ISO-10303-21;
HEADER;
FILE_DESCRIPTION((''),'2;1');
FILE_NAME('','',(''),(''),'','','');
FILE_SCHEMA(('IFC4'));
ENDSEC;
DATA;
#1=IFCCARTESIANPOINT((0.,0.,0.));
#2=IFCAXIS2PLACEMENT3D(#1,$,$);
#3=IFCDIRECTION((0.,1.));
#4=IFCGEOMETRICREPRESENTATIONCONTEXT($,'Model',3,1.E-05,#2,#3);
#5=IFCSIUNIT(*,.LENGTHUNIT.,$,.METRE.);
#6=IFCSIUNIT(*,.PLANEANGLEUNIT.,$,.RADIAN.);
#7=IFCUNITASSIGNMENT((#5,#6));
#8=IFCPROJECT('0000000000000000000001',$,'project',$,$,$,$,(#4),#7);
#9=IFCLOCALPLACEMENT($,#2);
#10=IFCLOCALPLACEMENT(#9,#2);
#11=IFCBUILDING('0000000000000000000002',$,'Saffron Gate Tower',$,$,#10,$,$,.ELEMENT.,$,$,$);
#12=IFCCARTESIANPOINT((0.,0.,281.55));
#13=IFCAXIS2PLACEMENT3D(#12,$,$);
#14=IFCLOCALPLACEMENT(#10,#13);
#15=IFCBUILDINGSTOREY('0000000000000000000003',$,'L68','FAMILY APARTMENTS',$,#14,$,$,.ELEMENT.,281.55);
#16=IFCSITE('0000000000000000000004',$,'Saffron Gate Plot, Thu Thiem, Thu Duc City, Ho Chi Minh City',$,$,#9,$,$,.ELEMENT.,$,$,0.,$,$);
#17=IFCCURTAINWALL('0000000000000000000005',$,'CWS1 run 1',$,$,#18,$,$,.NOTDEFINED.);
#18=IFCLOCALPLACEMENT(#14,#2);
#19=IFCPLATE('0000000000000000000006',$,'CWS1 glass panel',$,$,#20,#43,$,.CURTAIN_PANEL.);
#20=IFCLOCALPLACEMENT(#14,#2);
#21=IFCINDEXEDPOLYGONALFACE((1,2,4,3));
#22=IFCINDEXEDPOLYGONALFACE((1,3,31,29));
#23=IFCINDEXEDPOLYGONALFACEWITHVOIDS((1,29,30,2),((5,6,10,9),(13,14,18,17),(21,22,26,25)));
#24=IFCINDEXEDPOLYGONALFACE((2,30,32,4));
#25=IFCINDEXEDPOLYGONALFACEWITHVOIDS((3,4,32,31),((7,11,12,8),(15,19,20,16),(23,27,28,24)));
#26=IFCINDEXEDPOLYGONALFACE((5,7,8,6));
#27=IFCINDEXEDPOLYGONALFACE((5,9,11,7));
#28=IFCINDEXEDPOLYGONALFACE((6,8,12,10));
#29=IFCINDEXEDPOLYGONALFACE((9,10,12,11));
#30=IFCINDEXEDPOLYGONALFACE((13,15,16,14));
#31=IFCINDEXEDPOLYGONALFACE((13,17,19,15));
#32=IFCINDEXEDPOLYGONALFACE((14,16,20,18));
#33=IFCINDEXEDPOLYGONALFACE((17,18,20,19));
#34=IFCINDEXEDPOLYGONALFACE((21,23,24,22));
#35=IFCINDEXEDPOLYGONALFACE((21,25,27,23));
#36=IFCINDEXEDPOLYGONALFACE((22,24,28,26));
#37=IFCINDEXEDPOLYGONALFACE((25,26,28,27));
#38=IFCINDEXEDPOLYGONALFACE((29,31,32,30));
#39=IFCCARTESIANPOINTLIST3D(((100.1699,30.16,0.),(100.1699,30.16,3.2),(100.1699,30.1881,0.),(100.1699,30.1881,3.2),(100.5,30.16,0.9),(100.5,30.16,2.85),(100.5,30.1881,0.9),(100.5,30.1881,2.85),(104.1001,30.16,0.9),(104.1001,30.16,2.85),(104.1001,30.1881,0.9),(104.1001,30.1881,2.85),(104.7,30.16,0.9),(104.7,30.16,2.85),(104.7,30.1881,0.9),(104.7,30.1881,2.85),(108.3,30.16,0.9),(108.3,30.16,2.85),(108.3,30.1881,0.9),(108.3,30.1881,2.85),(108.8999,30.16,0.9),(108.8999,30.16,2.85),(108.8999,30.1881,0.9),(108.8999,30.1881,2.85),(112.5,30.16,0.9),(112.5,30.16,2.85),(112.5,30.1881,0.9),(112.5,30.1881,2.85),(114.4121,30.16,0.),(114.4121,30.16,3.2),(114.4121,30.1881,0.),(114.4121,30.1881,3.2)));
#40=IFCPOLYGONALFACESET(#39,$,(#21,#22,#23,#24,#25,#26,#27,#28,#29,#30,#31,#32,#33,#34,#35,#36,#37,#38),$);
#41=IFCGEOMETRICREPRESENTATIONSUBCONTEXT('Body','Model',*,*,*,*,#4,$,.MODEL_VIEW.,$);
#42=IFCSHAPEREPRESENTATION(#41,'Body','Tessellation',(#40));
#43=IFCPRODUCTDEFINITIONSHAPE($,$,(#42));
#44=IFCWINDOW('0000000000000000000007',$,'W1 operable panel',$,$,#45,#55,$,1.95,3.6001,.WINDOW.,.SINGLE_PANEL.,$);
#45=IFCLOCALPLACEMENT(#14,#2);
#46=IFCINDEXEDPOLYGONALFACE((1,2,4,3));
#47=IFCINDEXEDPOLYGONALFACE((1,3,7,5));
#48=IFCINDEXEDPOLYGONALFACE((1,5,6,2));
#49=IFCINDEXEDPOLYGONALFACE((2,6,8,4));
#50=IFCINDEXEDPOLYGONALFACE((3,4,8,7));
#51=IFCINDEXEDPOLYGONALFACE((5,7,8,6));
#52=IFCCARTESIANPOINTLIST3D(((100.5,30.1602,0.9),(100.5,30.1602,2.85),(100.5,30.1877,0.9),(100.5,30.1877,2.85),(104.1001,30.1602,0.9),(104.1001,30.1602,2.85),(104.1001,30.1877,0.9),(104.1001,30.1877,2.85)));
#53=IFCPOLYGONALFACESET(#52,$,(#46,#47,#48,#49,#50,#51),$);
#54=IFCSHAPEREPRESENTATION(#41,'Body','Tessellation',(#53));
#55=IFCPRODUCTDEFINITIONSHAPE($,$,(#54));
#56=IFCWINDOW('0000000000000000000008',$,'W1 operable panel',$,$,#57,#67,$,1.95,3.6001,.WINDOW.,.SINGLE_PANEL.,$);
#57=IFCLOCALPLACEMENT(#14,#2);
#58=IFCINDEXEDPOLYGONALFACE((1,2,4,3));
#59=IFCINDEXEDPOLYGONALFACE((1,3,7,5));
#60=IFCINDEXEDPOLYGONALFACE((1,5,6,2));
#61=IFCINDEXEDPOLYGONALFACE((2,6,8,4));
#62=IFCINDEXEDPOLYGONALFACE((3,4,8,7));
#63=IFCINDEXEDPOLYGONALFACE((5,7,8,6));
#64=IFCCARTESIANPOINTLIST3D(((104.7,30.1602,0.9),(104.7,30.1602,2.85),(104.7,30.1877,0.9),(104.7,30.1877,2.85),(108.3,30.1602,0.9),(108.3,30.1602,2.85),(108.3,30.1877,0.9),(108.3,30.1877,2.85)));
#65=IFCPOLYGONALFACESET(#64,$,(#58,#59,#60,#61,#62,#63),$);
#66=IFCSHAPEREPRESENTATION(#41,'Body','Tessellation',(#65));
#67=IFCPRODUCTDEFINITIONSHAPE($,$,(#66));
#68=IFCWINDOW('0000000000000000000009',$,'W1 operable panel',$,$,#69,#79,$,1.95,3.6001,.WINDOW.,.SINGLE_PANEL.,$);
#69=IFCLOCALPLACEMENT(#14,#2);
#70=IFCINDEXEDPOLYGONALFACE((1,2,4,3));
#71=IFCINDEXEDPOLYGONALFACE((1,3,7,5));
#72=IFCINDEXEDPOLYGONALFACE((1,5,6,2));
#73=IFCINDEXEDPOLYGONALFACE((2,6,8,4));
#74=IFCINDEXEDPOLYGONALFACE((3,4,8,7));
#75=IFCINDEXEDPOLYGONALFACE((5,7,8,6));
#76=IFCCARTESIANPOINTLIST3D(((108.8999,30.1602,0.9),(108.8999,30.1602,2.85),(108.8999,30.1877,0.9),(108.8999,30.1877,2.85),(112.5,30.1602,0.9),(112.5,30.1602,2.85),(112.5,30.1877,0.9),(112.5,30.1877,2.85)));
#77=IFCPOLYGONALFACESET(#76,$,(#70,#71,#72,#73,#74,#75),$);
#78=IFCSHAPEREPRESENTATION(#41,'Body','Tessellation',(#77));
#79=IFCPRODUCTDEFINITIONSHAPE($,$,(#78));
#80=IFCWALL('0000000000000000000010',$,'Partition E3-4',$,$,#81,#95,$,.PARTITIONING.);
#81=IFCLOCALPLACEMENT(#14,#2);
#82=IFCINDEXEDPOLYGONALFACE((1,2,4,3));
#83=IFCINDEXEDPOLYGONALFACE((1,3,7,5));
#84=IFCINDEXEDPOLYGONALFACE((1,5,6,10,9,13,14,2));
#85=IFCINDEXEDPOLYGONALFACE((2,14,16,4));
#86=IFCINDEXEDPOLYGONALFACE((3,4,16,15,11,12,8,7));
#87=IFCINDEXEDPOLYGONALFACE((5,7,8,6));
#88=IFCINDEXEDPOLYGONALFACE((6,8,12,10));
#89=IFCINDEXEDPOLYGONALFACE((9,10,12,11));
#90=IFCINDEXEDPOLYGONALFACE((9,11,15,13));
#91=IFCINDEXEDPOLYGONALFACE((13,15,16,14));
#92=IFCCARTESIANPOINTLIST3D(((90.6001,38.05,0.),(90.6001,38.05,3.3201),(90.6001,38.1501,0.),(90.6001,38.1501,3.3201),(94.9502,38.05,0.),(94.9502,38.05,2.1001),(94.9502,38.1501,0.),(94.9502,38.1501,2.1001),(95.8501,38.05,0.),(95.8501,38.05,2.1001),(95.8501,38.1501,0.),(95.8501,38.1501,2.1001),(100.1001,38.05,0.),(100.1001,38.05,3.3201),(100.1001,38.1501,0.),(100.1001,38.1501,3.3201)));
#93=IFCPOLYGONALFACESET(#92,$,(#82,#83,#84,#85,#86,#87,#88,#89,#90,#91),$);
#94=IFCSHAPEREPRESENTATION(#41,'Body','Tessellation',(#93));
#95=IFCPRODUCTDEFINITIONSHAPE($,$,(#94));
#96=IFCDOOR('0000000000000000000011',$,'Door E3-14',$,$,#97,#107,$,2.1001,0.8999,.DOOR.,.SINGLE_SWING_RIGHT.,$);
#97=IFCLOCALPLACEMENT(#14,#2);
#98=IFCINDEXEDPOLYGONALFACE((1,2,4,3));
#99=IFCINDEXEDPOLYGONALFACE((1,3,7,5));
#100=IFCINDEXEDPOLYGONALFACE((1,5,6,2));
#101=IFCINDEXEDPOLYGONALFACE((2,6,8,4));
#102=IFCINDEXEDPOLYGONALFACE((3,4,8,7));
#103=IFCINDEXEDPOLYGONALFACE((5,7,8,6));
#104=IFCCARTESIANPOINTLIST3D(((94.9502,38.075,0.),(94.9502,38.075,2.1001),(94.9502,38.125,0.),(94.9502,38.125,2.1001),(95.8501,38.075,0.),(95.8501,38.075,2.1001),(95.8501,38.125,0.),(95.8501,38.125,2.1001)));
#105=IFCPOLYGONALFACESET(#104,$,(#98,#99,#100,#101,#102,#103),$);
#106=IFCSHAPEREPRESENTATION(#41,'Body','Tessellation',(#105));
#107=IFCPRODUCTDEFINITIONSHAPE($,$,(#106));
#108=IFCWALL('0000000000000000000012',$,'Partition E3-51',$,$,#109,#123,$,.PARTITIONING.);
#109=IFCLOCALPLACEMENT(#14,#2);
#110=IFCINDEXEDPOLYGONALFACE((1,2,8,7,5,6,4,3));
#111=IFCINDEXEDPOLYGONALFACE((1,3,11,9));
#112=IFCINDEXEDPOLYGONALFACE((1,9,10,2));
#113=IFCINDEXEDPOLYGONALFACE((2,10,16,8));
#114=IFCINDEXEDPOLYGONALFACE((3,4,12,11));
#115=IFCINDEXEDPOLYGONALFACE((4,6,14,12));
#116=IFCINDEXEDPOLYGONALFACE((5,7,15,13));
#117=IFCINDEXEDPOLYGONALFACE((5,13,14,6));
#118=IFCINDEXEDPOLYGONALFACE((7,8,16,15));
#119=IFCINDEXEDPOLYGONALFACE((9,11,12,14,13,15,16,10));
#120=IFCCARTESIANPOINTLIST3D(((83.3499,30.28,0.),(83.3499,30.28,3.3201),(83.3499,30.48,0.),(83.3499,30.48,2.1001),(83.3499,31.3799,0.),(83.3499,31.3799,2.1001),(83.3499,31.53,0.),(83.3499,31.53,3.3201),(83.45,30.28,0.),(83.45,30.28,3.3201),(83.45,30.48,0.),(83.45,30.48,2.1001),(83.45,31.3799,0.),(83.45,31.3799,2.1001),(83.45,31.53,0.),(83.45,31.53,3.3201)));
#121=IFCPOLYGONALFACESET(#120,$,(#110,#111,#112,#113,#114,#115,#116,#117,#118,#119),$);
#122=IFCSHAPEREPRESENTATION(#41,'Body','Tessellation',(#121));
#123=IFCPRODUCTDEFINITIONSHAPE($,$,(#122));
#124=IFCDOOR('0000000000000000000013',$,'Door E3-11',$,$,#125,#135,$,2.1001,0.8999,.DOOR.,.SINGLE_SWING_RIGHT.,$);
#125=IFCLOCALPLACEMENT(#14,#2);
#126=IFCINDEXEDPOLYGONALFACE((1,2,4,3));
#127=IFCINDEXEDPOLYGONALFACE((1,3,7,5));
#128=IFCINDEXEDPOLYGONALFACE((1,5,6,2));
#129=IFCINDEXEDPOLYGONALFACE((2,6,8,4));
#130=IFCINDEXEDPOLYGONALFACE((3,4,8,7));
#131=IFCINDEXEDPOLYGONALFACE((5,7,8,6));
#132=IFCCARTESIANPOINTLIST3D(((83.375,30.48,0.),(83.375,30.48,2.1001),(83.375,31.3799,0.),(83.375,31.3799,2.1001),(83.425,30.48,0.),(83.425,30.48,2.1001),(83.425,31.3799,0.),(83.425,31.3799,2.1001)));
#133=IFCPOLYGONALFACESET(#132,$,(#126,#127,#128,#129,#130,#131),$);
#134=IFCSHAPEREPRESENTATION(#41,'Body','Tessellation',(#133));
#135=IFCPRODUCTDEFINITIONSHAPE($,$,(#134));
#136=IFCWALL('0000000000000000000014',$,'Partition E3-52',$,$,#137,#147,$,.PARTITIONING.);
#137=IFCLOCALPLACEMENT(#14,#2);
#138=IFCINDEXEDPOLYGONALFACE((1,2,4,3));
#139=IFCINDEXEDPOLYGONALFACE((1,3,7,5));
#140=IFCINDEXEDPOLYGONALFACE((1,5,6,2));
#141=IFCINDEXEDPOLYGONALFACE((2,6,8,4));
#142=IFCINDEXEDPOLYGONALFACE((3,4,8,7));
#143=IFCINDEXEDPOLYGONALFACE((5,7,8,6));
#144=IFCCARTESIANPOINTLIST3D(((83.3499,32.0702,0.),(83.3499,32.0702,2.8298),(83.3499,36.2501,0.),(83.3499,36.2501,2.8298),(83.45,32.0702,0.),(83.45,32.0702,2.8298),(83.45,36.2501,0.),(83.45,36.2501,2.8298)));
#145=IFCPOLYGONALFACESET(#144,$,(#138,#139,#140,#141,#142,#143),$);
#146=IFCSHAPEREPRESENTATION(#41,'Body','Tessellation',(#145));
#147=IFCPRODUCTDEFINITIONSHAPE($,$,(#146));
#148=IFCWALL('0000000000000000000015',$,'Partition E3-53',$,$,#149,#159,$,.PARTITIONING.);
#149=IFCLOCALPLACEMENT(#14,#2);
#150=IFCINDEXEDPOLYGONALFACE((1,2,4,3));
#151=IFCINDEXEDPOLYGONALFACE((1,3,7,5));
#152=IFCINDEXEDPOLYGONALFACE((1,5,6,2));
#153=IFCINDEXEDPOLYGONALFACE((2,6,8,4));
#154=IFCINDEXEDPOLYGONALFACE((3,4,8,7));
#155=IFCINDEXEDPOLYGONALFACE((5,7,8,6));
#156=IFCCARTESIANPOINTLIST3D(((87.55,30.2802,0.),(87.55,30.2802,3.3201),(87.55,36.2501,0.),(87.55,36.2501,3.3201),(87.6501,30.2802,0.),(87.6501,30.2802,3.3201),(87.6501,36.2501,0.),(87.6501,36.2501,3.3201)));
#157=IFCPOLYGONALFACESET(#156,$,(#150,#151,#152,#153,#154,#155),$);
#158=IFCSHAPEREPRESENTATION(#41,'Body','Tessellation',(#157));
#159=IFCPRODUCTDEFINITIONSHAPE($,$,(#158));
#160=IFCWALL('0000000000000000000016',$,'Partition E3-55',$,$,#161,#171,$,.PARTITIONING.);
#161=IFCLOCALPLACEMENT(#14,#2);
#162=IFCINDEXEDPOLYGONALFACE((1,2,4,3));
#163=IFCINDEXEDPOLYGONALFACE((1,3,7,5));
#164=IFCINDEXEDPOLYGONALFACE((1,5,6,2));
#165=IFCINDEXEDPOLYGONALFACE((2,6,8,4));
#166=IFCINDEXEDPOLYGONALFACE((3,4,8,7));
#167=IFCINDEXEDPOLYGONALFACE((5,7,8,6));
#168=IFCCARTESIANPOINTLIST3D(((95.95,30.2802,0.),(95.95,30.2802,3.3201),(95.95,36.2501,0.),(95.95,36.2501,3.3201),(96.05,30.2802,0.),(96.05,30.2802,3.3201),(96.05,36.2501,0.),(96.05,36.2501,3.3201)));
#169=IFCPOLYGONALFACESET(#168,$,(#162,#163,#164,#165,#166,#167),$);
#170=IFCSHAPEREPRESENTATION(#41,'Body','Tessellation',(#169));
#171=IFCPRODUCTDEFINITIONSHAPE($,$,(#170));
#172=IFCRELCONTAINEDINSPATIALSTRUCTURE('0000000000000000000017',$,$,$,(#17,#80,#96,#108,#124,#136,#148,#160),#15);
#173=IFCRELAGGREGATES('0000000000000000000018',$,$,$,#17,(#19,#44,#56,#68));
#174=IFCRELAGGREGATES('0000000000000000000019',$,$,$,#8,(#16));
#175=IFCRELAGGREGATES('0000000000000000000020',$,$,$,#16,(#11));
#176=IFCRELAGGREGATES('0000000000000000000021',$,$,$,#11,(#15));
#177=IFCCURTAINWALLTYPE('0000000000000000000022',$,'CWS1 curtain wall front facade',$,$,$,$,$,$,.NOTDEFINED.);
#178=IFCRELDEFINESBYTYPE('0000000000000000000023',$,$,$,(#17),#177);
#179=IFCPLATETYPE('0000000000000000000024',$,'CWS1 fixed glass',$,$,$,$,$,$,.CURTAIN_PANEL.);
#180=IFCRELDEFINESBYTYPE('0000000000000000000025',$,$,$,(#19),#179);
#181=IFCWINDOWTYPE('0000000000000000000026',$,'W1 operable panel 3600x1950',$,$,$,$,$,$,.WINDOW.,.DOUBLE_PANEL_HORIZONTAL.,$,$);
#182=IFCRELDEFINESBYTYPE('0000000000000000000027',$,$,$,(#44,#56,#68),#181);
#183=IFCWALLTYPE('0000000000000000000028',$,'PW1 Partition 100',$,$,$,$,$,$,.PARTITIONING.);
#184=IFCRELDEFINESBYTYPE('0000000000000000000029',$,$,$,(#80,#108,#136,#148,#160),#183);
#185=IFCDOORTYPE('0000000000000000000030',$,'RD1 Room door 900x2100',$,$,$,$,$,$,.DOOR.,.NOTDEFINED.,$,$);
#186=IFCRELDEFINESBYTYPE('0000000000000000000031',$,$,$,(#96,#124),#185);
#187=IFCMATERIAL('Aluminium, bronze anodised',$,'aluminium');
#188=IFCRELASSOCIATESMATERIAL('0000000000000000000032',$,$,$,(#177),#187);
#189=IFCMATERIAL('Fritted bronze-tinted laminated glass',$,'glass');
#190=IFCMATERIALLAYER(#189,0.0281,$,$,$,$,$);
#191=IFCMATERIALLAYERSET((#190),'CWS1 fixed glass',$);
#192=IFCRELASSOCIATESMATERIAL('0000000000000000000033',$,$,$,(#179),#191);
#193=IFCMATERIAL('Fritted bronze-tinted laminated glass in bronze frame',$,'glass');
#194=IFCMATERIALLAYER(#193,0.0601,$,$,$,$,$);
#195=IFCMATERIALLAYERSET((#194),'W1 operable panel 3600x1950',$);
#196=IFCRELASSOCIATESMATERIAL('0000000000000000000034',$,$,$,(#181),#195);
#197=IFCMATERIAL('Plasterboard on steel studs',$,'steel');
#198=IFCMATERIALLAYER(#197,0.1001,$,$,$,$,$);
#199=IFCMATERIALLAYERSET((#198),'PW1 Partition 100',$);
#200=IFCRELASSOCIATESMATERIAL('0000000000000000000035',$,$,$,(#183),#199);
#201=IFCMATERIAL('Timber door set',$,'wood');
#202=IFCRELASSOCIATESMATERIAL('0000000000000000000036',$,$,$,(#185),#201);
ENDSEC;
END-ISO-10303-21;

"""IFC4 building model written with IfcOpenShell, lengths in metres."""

from ifc_helpers import new_model, si_unit, direction, frame, frame_2d, origin, place, context, subcontext, project, spatial, rectangle, extrude, material, layer, layer_set, type_object, element, fill, aggregate, save


model = new_model("IFC4")

# Units and contexts
model_context = context("Model", 3, precision=1e-05, world=origin(), true_north=direction((0.0, 1.0)))
body_context = subcontext(model_context, "Body", "Model", "MODEL_VIEW")
ifc_project = project(units=[si_unit("LENGTHUNIT", "METRE"), si_unit("PLANEANGLEUNIT", "RADIAN")], contexts=[model_context])

# Site, building, storey
site_placement = place(None, origin())
site = spatial("IfcSite", under=ifc_project, at=site_placement, Name="Saffron Gate Plot, Thu Thiem, Thu Duc City, Ho Chi Minh City", CompositionType="ELEMENT", RefElevation=0.0)
building_placement = place(site_placement, origin())
building = spatial("IfcBuilding", under=site, at=building_placement, Name="Saffron Gate Tower", CompositionType="ELEMENT")
storey_placement = place(building_placement, frame((0.0, 0.0, 281.55)))
storey = spatial("IfcBuildingStorey", under=building, at=storey_placement, Name="L68", Description="FAMILY APARTMENTS", CompositionType="ELEMENT", Elevation=281.55)

# Curtain wall, plate, openings, windows
ifc_material_1 = material(Name="Aluminium, bronze anodised", Category="aluminium")
curtain_wall_type = type_object("IfcCurtainWallType", Name="CWS1 curtain wall front facade", PredefinedType="NOTDEFINED", material=ifc_material_1)
curtain_wall_placement = place(storey_placement, origin())
curtain_wall = element("IfcCurtainWall", 1, at=curtain_wall_placement, inside=storey, type_object=curtain_wall_type, Name="CWS1 run 1", PredefinedType="NOTDEFINED")
ifc_material_2 = material(Name="Fritted bronze-tinted laminated glass", Category="glass")
ifc_layer_1 = layer(ifc_material_2, 0.0281)
ifc_layer_set_1 = layer_set([ifc_layer_1], Name="CWS1 fixed glass")
plate_type = type_object("IfcPlateType", Name="CWS1 fixed glass", PredefinedType="CURTAIN_PANEL", material=ifc_layer_set_1)
plate_placement = place(storey_placement, frame((100.1699, 30.1741, 0.0), z_axis=(0.0, 0.0, 1.0), x_axis=(1.0, 0.0, 0.0)))
plate = element("IfcPlate", 2, at=plate_placement, type_object=plate_type, Name="CWS1 glass panel", PredefinedType="CURTAIN_PANEL", context=body_context, shape_type="SweptSolid", body=[
    extrude(rectangle(XDim=14.2422, YDim=0.0281, at=frame_2d((7.1211, 0.0))), origin(), (0.0, 0.0, 1.0), 3.2),
])
opening_1_placement = place(plate_placement, frame((0.3301, 0.0, 0.8999)))
opening_1 = element("IfcOpeningElement", 3, at=opening_1_placement, cuts=plate, PredefinedType="OPENING", context=body_context, shape_type="SweptSolid", body=[
    extrude(rectangle(XDim=3.6001, YDim=1.95, at=frame_2d((1.8, 0.9751))), frame((0.0, 0.0239, 0.0), z_axis=(0.0, -1.0, 0.0), x_axis=(1.0, 0.0, 0.0)), (0.0, 0.0, 1.0), 0.0481),
])
opening_2_placement = place(plate_placement, frame((4.53, 0.0, 0.8999)))
opening_2 = element("IfcOpeningElement", 4, at=opening_2_placement, cuts=plate, PredefinedType="OPENING", context=body_context, shape_type="SweptSolid", body=[
    extrude(rectangle(XDim=3.6001, YDim=1.95, at=frame_2d((1.8, 0.9751))), frame((0.0, 0.0239, 0.0), z_axis=(0.0, -1.0, 0.0), x_axis=(1.0, 0.0, 0.0)), (0.0, 0.0, 1.0), 0.0481),
])
opening_3_placement = place(plate_placement, frame((8.73, 0.0, 0.8999)))
opening_3 = element("IfcOpeningElement", 5, at=opening_3_placement, cuts=plate, PredefinedType="OPENING", context=body_context, shape_type="SweptSolid", body=[
    extrude(rectangle(XDim=3.6001, YDim=1.95, at=frame_2d((1.8, 0.9751))), frame((0.0, 0.0239, 0.0), z_axis=(0.0, -1.0, 0.0), x_axis=(1.0, 0.0, 0.0)), (0.0, 0.0, 1.0), 0.0481),
])
ifc_material_3 = material(Name="Fritted bronze-tinted laminated glass in bronze frame", Category="glass")
ifc_layer_2 = layer(ifc_material_3, 0.0601)
ifc_layer_set_2 = layer_set([ifc_layer_2], Name="W1 operable panel 3600x1950")
window_type = type_object("IfcWindowType", Name="W1 operable panel 3600x1950", PartitioningType="DOUBLE_PANEL_HORIZONTAL", PredefinedType="WINDOW", material=ifc_layer_set_2)
window_1_placement = place(opening_1_placement, origin())
window_1 = element("IfcWindow", 6, at=window_1_placement, type_object=window_type, Name="W1 operable panel", OverallHeight=1.95, OverallWidth=3.6001, PartitioningType="SINGLE_PANEL", PredefinedType="WINDOW", context=body_context, shape_type="SweptSolid", body=[
    extrude(rectangle(XDim=3.6001, YDim=1.95, at=frame_2d((1.8, 0.9751))), frame((0.0, 0.0137, 0.0), z_axis=(0.0, -1.0, 0.0), x_axis=(1.0, 0.0, 0.0)), (0.0, 0.0, 1.0), 0.0276),
])
fill(opening_1, window_1)
window_2_placement = place(opening_2_placement, origin())
window_2 = element("IfcWindow", 7, at=window_2_placement, type_object=window_type, Name="W1 operable panel", OverallHeight=1.95, OverallWidth=3.6001, PartitioningType="SINGLE_PANEL", PredefinedType="WINDOW", context=body_context, shape_type="SweptSolid", body=[
    extrude(rectangle(XDim=3.6001, YDim=1.95, at=frame_2d((1.8, 0.9751))), frame((0.0, 0.0137, 0.0), z_axis=(0.0, -1.0, 0.0), x_axis=(1.0, 0.0, 0.0)), (0.0, 0.0, 1.0), 0.0276),
])
fill(opening_2, window_2)
window_3_placement = place(opening_3_placement, origin())
window_3 = element("IfcWindow", 8, at=window_3_placement, type_object=window_type, Name="W1 operable panel", OverallHeight=1.95, OverallWidth=3.6001, PartitioningType="SINGLE_PANEL", PredefinedType="WINDOW", context=body_context, shape_type="SweptSolid", body=[
    extrude(rectangle(XDim=3.6001, YDim=1.95, at=frame_2d((1.8, 0.9751))), frame((0.0, 0.0137, 0.0), z_axis=(0.0, -1.0, 0.0), x_axis=(1.0, 0.0, 0.0)), (0.0, 0.0, 1.0), 0.0276),
])
fill(opening_3, window_3)
aggregate(curtain_wall, [plate, window_1, window_2, window_3])

# Walls, openings, doors
ifc_material_4 = material(Name="Plasterboard on steel studs", Category="steel")
ifc_layer_3 = layer(ifc_material_4, 0.1001)
ifc_layer_set_3 = layer_set([ifc_layer_3], Name="PW1 Partition 100")
wall_type_1 = type_object("IfcWallType", Name="PW1 Partition 100", PredefinedType="PARTITIONING", material=ifc_layer_set_3)
wall_1_placement = place(storey_placement, frame((90.6001, 38.1001, 0.0), z_axis=(0.0, 0.0, 1.0), x_axis=(1.0, 0.0, 0.0)))
wall_1 = element("IfcWall", 9, at=wall_1_placement, inside=storey, type_object=wall_type_1, Name="Partition E3-4", PredefinedType="PARTITIONING", context=body_context, shape_type="SweptSolid", body=[
    extrude(rectangle(XDim=9.5, YDim=0.1001, at=frame_2d((4.75, 0.0))), origin(), (0.0, 0.0, 1.0), 3.3201),
])
opening_4_placement = place(wall_1_placement, frame((4.3501, 0.0, 0.0)))
opening_4 = element("IfcOpeningElement", 10, at=opening_4_placement, cuts=wall_1, PredefinedType="OPENING", context=body_context, shape_type="SweptSolid", body=[
    extrude(rectangle(XDim=0.8999, YDim=2.1001, at=frame_2d((0.45, 1.05))), frame((0.0, 0.0601, 0.0), z_axis=(0.0, -1.0, 0.0), x_axis=(1.0, 0.0, 0.0)), (0.0, 0.0, 1.0), 0.1201),
])
ifc_material_5 = material(Name="Timber door set", Category="wood")
door_type = type_object("IfcDoorType", Name="RD1 Room door 900x2100", OperationType="NOTDEFINED", PredefinedType="DOOR", material=ifc_material_5)
door_1_placement = place(opening_4_placement, origin())
door_1 = element("IfcDoor", 11, at=door_1_placement, inside=storey, type_object=door_type, Name="Door E3-14", OperationType="SINGLE_SWING_RIGHT", OverallHeight=2.1001, OverallWidth=0.8999, PredefinedType="DOOR", context=body_context, shape_type="SweptSolid", body=[
    extrude(rectangle(XDim=0.8999, YDim=2.1001, at=frame_2d((0.45, 1.05))), frame((0.0, 0.0249, 0.0), z_axis=(0.0, -1.0, 0.0), x_axis=(1.0, 0.0, 0.0)), (0.0, 0.0, 1.0), 0.05),
])
fill(opening_4, door_1)
wall_2_placement = place(storey_placement, frame((83.3999, 30.28, 0.0), z_axis=(0.0, 0.0, 1.0), x_axis=(0.0, 1.0, 0.0)))
wall_2 = element("IfcWall", 12, at=wall_2_placement, inside=storey, type_object=wall_type_1, Name="Partition E3-51", PredefinedType="PARTITIONING", context=body_context, shape_type="SweptSolid", body=[
    extrude(rectangle(XDim=1.25, YDim=0.1001, at=frame_2d((0.625, 0.0))), origin(), (0.0, 0.0, 1.0), 3.3201),
])
opening_5_placement = place(wall_2_placement, frame((0.2, 0.0, 0.0)))
opening_5 = element("IfcOpeningElement", 13, at=opening_5_placement, cuts=wall_2, PredefinedType="OPENING", context=body_context, shape_type="SweptSolid", body=[
    extrude(rectangle(XDim=0.8999, YDim=2.1001, at=frame_2d((0.45, 1.05))), frame((0.0, 0.0601, 0.0), z_axis=(0.0, -1.0, 0.0), x_axis=(1.0, 0.0, 0.0)), (0.0, 0.0, 1.0), 0.1201),
])
door_2_placement = place(opening_5_placement, origin())
door_2 = element("IfcDoor", 14, at=door_2_placement, inside=storey, type_object=door_type, Name="Door E3-11", OperationType="SINGLE_SWING_RIGHT", OverallHeight=2.1001, OverallWidth=0.8999, PredefinedType="DOOR", context=body_context, shape_type="SweptSolid", body=[
    extrude(rectangle(XDim=0.8999, YDim=2.1001, at=frame_2d((0.45, 1.05))), frame((0.0, 0.0249, 0.0), z_axis=(0.0, -1.0, 0.0), x_axis=(1.0, 0.0, 0.0)), (0.0, 0.0, 1.0), 0.05),
])
fill(opening_5, door_2)

# Walls
wall_3_placement = place(storey_placement, frame((83.3999, 36.25, 0.0), z_axis=(0.0, 0.0, 1.0), x_axis=(0.0, -1.0, 0.0)))
element("IfcWall", 15, at=wall_3_placement, inside=storey, type_object=wall_type_1, Name="Partition E3-52", PredefinedType="PARTITIONING", context=body_context, shape_type="SweptSolid", body=[
    extrude(rectangle(XDim=4.1799, YDim=0.1001, at=frame_2d((2.0898, 0.0))), origin(), (0.0, 0.0, 1.0), 2.8298),
])
for number, where, z_axis, x_axis, name in (
    (16, (87.6001, 36.25, 0.0), (0.0, 0.0, 1.0), (0.0, -1.0, 0.0), "Partition E3-53"),
    (17, (96.0, 36.25, 0.0), (0.0, 0.0, 1.0), (0.0, -1.0, 0.0), "Partition E3-55"),
):
    element("IfcWall", number, at=place(storey_placement, frame(where, z_axis=z_axis, x_axis=x_axis)), inside=storey, type_object=wall_type_1, Name=name, PredefinedType="PARTITIONING", context=body_context, shape_type="SweptSolid", body=[
        extrude(rectangle(XDim=5.97, YDim=0.1001, at=frame_2d((2.9849, 0.0))), origin(), (0.0, 0.0, 1.0), 3.3201),
    ])

save(model, "model.ifc")
